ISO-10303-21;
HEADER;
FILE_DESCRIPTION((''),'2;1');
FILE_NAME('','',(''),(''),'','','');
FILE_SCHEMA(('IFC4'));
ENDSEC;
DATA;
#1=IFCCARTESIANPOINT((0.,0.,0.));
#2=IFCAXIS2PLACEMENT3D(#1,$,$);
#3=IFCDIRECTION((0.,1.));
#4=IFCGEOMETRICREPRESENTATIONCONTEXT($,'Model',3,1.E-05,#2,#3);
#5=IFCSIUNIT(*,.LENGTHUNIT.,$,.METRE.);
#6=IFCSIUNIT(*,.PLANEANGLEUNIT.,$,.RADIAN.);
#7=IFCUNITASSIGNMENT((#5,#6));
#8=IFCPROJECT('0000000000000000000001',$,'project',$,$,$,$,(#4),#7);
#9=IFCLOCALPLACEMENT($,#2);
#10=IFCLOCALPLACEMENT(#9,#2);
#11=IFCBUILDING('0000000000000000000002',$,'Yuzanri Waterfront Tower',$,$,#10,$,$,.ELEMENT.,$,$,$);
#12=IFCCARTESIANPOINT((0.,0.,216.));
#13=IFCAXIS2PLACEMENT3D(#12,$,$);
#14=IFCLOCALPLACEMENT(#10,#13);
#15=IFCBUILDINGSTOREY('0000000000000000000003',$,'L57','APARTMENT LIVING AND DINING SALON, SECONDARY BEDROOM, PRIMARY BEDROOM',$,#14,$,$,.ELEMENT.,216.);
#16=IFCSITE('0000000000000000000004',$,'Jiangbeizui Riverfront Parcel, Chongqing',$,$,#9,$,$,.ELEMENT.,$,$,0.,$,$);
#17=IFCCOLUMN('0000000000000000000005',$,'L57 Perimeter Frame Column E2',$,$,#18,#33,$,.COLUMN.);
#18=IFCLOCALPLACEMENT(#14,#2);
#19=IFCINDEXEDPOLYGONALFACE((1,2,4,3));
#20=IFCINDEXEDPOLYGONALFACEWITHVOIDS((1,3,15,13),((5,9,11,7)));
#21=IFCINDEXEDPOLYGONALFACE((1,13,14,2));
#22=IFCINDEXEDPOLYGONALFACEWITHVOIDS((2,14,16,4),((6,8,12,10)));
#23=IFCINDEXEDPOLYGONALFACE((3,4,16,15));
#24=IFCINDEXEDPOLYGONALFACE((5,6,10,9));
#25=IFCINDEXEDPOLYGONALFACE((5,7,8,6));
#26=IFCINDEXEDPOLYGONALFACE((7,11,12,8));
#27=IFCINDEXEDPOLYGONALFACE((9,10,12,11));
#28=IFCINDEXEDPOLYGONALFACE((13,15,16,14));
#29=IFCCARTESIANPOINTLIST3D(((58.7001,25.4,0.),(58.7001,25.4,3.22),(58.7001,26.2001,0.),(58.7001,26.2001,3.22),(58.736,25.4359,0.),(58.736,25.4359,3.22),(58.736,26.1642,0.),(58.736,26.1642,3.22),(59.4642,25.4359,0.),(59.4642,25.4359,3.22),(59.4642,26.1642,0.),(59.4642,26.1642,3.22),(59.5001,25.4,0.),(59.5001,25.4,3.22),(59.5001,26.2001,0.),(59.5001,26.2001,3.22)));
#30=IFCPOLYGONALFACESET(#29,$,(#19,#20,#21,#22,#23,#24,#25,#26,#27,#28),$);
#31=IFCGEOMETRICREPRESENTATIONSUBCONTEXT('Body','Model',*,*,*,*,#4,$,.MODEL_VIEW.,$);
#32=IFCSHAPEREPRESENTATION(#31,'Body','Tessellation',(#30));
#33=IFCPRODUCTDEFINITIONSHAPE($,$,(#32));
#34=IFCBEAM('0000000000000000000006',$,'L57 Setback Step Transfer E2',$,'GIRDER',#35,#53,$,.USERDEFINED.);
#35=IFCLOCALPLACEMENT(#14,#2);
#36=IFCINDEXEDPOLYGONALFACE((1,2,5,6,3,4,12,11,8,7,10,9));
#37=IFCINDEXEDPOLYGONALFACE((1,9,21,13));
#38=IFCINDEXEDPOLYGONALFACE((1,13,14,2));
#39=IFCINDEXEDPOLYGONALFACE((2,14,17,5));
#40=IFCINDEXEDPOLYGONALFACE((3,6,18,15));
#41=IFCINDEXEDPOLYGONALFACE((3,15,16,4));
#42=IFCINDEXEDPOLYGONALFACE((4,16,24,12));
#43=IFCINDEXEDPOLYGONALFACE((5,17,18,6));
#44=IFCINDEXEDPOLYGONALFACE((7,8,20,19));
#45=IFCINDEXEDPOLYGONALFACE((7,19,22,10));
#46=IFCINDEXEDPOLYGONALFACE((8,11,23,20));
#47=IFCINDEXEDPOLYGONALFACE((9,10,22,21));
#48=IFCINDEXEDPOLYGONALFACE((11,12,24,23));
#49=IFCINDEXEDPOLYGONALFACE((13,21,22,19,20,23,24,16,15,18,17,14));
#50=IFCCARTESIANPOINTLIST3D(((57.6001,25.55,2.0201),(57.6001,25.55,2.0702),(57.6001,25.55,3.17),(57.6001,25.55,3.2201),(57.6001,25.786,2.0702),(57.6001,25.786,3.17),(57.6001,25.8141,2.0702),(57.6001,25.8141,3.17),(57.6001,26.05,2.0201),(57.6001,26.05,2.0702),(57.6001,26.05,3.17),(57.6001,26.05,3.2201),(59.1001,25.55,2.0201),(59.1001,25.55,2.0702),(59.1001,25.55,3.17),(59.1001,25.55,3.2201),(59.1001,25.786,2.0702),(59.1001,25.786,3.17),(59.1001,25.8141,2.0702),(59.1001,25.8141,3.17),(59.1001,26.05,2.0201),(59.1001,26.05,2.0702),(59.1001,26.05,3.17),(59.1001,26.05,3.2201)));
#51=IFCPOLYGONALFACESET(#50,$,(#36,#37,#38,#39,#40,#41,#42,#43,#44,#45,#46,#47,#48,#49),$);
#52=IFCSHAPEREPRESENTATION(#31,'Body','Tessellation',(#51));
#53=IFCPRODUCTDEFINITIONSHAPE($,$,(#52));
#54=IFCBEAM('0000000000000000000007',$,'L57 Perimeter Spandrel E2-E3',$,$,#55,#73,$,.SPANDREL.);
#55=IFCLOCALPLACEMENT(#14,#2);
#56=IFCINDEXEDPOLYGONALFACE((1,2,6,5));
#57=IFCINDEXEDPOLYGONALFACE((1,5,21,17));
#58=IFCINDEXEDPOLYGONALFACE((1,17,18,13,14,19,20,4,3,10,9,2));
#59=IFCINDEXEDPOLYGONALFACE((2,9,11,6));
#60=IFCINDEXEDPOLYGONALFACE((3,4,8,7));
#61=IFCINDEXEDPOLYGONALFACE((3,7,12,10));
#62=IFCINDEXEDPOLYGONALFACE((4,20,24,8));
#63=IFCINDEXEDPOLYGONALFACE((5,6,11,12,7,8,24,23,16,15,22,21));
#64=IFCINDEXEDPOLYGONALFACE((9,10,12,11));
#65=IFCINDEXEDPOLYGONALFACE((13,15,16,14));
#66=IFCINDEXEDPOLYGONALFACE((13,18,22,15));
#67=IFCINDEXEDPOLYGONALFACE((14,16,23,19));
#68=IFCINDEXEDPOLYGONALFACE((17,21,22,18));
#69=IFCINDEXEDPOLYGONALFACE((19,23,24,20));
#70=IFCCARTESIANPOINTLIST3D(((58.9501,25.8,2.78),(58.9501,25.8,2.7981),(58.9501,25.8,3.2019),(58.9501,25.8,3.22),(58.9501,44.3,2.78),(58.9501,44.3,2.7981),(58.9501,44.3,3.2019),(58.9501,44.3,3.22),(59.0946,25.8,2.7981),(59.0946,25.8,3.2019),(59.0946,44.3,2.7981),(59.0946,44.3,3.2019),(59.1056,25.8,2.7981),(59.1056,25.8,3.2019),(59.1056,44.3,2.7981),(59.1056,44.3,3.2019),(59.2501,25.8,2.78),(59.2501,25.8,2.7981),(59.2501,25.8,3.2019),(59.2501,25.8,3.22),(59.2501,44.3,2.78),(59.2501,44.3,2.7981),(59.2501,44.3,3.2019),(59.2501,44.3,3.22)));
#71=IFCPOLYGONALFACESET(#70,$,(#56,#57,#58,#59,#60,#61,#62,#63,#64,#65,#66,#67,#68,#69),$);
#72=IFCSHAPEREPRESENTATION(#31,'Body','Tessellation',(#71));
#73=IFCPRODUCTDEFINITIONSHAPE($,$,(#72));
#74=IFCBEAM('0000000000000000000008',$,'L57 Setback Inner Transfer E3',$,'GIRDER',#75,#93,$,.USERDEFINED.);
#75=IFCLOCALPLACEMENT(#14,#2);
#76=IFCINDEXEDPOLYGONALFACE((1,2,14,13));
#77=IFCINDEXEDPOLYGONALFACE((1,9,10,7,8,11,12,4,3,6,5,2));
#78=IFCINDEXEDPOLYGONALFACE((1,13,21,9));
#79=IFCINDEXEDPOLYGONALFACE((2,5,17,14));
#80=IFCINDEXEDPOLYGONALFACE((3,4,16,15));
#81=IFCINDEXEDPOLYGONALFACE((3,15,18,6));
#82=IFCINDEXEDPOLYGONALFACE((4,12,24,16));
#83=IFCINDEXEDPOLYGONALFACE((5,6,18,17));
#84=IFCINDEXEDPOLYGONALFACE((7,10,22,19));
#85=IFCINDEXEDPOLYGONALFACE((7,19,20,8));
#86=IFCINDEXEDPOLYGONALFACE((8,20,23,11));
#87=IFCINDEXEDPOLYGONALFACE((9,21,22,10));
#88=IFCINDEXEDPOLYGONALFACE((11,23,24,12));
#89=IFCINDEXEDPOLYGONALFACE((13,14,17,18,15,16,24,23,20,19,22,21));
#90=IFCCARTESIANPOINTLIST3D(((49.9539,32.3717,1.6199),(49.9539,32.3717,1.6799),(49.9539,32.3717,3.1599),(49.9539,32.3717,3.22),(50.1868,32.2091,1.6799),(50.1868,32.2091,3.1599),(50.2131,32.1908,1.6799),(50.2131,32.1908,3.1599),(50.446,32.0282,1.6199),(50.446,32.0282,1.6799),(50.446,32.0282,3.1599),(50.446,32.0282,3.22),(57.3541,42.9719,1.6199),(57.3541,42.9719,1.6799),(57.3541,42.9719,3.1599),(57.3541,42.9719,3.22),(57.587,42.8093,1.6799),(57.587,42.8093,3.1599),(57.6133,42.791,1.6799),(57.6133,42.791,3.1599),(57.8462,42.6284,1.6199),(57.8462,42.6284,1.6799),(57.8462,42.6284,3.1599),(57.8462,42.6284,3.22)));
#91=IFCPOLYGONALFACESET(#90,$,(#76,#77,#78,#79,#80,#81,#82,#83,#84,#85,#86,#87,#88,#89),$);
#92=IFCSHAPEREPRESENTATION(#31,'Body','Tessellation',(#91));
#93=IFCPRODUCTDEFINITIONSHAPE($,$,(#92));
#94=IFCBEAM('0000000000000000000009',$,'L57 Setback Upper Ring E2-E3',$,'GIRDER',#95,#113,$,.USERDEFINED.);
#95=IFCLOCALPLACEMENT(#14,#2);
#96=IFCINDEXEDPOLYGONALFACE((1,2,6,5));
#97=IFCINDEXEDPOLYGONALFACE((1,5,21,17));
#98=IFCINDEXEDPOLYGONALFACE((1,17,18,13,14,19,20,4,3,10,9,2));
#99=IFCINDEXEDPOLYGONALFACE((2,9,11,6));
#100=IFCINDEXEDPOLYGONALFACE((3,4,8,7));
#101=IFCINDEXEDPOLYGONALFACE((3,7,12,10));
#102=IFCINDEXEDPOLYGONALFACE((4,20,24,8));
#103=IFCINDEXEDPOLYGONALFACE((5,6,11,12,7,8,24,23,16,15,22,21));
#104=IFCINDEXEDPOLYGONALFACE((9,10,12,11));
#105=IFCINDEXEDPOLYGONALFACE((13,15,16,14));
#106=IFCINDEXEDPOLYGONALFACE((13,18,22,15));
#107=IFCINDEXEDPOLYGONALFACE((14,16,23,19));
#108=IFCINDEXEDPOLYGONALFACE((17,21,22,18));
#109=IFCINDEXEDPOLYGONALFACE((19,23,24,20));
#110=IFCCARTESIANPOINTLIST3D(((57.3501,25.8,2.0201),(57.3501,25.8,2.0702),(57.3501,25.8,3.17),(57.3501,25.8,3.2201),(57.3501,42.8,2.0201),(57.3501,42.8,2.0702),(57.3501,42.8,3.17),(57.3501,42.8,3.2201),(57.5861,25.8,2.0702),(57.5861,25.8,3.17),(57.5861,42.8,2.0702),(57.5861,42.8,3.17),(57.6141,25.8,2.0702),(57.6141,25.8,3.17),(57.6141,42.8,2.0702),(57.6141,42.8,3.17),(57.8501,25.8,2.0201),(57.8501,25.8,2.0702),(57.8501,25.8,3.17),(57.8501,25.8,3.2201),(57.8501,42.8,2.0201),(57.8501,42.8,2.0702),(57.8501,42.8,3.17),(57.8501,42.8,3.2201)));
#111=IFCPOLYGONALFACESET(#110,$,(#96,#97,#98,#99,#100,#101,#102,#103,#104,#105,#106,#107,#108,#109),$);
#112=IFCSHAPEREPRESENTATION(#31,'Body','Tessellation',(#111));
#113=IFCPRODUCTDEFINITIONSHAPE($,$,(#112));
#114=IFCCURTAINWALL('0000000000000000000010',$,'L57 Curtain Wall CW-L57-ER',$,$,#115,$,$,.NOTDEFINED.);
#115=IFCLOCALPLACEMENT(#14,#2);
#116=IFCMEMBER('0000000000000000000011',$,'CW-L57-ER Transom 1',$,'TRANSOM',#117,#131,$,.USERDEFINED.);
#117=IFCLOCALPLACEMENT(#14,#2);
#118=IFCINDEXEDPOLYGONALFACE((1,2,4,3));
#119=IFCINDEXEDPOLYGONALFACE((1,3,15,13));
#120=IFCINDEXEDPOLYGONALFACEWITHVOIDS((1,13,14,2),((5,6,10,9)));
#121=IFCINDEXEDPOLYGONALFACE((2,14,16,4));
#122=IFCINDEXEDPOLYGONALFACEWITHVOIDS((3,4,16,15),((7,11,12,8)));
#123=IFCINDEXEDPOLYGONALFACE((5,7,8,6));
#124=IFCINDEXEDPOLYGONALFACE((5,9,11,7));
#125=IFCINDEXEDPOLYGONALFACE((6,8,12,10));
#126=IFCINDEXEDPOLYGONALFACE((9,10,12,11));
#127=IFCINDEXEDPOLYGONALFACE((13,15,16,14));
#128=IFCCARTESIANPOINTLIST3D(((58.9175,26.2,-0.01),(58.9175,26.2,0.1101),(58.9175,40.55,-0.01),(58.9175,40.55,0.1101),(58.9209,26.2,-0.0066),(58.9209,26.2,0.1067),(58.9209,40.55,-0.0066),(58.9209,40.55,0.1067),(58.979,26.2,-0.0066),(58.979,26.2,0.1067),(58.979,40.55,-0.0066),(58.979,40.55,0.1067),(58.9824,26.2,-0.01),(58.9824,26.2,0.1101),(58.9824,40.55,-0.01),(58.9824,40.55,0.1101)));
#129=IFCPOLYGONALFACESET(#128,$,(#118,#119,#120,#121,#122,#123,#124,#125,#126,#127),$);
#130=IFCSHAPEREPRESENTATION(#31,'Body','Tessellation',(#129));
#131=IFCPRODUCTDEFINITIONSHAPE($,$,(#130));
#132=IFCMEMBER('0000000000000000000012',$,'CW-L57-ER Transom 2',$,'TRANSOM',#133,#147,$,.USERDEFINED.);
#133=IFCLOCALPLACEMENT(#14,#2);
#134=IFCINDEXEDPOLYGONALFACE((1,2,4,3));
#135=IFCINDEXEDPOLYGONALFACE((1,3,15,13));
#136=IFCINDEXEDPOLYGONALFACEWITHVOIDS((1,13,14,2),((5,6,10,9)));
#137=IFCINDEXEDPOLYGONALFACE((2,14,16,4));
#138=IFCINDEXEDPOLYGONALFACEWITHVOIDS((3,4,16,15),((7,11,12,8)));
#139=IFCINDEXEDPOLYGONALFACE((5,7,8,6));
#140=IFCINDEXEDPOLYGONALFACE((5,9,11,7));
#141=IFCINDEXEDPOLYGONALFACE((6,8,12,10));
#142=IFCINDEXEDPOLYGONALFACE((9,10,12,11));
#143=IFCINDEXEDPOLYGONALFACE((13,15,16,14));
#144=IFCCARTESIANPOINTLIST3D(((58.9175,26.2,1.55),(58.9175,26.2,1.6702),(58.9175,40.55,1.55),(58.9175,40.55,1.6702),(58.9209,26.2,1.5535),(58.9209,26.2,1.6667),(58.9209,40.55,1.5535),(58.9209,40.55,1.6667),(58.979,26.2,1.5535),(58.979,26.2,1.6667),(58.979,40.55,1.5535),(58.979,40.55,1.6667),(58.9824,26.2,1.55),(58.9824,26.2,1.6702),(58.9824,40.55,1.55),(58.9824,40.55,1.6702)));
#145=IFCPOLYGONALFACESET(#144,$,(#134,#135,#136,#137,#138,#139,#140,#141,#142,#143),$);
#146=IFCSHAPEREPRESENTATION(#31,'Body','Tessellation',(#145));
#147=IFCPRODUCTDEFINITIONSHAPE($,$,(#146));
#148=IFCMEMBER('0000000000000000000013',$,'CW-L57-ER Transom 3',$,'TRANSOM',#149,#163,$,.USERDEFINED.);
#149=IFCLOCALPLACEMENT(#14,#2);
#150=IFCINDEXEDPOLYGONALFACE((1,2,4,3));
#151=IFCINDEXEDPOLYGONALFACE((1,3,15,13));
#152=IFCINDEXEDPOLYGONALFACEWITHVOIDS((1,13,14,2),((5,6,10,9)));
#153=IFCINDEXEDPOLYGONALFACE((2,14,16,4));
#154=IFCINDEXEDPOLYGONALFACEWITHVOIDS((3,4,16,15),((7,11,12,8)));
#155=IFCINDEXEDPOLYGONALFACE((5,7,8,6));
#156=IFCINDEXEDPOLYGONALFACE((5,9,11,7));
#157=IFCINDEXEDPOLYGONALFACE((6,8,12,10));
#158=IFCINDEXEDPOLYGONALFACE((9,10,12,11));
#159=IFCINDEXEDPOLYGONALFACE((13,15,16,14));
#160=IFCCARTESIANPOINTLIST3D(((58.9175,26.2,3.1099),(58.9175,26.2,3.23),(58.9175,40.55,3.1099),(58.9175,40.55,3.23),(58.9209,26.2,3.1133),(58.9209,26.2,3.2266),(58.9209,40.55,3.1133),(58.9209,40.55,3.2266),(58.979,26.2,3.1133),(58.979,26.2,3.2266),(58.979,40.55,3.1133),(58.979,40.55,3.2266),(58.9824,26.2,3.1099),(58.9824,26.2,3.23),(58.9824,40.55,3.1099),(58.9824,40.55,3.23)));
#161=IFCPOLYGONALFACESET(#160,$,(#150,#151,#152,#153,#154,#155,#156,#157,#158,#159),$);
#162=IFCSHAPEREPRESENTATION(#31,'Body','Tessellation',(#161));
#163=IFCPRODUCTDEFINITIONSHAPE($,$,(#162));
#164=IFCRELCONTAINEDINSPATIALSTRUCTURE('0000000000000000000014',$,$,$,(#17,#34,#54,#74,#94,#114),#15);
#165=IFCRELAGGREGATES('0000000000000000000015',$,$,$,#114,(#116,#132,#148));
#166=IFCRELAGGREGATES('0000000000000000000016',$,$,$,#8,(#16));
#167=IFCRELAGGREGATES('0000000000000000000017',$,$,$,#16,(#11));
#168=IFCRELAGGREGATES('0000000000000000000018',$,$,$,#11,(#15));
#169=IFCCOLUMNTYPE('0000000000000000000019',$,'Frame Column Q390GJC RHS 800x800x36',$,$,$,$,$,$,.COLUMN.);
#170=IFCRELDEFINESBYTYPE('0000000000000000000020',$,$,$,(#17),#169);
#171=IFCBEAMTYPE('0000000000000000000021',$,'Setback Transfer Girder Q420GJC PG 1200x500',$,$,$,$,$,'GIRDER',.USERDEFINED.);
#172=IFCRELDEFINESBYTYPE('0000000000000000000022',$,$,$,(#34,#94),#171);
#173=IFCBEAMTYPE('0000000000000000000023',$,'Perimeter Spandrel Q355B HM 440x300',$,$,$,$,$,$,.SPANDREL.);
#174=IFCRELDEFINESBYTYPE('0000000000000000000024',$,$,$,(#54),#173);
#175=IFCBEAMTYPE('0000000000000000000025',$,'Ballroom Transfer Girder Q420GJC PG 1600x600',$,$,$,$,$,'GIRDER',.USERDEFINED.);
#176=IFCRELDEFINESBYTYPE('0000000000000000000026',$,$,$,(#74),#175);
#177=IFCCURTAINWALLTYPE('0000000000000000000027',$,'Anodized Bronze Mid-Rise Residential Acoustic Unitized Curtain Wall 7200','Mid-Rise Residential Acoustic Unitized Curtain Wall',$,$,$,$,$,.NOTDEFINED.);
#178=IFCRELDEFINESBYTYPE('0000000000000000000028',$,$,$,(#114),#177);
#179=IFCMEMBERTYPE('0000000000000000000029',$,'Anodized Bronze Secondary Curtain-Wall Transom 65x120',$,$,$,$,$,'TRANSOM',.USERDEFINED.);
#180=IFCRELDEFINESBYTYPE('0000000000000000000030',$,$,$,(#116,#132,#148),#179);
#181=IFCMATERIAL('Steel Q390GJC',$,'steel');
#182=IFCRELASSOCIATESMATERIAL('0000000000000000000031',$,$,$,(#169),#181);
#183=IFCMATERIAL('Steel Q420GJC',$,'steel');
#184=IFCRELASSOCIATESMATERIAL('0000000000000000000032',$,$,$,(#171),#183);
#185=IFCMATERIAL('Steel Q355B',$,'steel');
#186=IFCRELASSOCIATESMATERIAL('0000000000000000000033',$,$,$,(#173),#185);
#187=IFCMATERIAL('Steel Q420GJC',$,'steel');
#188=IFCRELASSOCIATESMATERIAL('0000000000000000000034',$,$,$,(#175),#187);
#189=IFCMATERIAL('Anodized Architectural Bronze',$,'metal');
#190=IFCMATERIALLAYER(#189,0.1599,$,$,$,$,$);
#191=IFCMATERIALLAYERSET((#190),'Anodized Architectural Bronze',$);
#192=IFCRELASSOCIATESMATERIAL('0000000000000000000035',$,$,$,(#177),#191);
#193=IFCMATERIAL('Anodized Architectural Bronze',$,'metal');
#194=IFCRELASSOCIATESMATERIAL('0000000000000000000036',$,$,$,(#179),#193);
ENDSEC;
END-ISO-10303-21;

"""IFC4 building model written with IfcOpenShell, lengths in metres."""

from ifc_helpers import new_model, si_unit, direction, frame, origin, origin_2d, place, context, subcontext, project, spatial, hollow_rectangle, i_section, extrude, source, transform, mapped, material, layer, layer_set, material_profile, profile_set, type_object, element, aggregate, save


model = new_model("IFC4")

# Units and contexts
model_context = context("Model", 3, precision=1e-05, world=origin(), true_north=direction((0.0, 1.0)))
body_context = subcontext(model_context, "Body", "Model", "MODEL_VIEW")
ifc_project = project(units=[si_unit("LENGTHUNIT", "METRE"), si_unit("PLANEANGLEUNIT", "RADIAN")], contexts=[model_context])

# Site, building, storey
site_placement = place(None, origin())
site = spatial("IfcSite", under=ifc_project, at=site_placement, Name="Jiangbeizui Riverfront Parcel, Chongqing", CompositionType="ELEMENT", RefElevation=0.0)
building_placement = place(site_placement, origin())
building = spatial("IfcBuilding", under=site, at=building_placement, Name="Yuzanri Waterfront Tower", CompositionType="ELEMENT")
storey_placement = place(building_placement, frame((0.0, 0.0, 216.0)))
storey = spatial("IfcBuildingStorey", under=building, at=storey_placement, Name="L57", Description="APARTMENT LIVING AND DINING SALON, SECONDARY BEDROOM, PRIMARY BEDROOM", CompositionType="ELEMENT", Elevation=216.0)

# Column
ifc_material_1 = material(Name="Steel Q390GJC", Category="steel")
ifc_material_profile_1 = material_profile(ifc_material_1, hollow_rectangle(XDim=0.8, YDim=0.8, WallThickness=0.0359, at=origin_2d()), Name="RHS 800x800x36")
ifc_profile_set_1 = profile_set([ifc_material_profile_1], Name="Steel Q390GJC")
column_type = type_object("IfcColumnType", Name="Frame Column Q390GJC RHS 800x800x36", PredefinedType="COLUMN", material=ifc_profile_set_1)
shared_shape_1 = source(origin(), body_context, "Body", "SweptSolid", [
    extrude(hollow_rectangle(XDim=0.8, YDim=0.8, WallThickness=0.0359, at=origin_2d()), origin(), (0.0, 0.0, 1.0), 3.22),
])
column_placement = place(storey_placement, frame((59.1001, 25.8, 0.0), z_axis=(0.0, 0.0, 1.0), x_axis=(1.0, 0.0, 0.0)))
element("IfcColumn", 1, at=column_placement, inside=storey, type_object=column_type, Name="L57 Perimeter Frame Column E2", PredefinedType="COLUMN", context=body_context, shape_type="MappedRepresentation", body=[
    mapped(shared_shape_1, transform((0.0, 0.0, 0.0), scale=1.0)),
])

# Beams
ifc_material_2 = material(Name="Steel Q420GJC", Category="steel")
ifc_material_profile_2 = material_profile(ifc_material_2, i_section(OverallWidth=0.5, OverallDepth=1.2, WebThickness=0.0281, FlangeThickness=0.05, at=origin_2d()), Name="PG 1200x500x28x50")
ifc_profile_set_2 = profile_set([ifc_material_profile_2], Name="Steel Q420GJC")
beam_type_1 = type_object("IfcBeamType", Name="Setback Transfer Girder Q420GJC PG 1200x500", ElementType="GIRDER", PredefinedType="USERDEFINED", material=ifc_profile_set_2)
shared_shape_2 = source(origin(), body_context, "Body", "SweptSolid", [
    extrude(i_section(OverallWidth=0.5, OverallDepth=1.2, WebThickness=0.0281, FlangeThickness=0.05, at=origin_2d()), origin(), (0.0, 0.0, 1.0), 1.5),
])
beam_1_placement = place(storey_placement, frame((57.6001, 25.8, 2.6201), z_axis=(1.0, 0.0, 0.0), x_axis=(0.0, 1.0, 0.0)))
element("IfcBeam", 2, at=beam_1_placement, inside=storey, type_object=beam_type_1, Name="L57 Setback Step Transfer E2", ObjectType="GIRDER", PredefinedType="USERDEFINED", context=body_context, shape_type="MappedRepresentation", body=[
    mapped(shared_shape_2, transform((0.0, 0.0, 0.0), scale=1.0)),
])
ifc_material_3 = material(Name="Steel Q355B", Category="steel")
ifc_material_profile_3 = material_profile(ifc_material_3, i_section(OverallWidth=0.3, OverallDepth=0.4399, WebThickness=0.011, FlangeThickness=0.0181, at=origin_2d()), Name="HM 440x300x11x18")
ifc_profile_set_3 = profile_set([ifc_material_profile_3], Name="Steel Q355B")
beam_type_2 = type_object("IfcBeamType", Name="Perimeter Spandrel Q355B HM 440x300", PredefinedType="SPANDREL", material=ifc_profile_set_3)
shared_shape_3 = source(origin(), body_context, "Body", "SweptSolid", [
    extrude(i_section(OverallWidth=0.3, OverallDepth=0.4399, WebThickness=0.011, FlangeThickness=0.0181, at=origin_2d()), origin(), (0.0, 0.0, 1.0), 18.5),
])
beam_2_placement = place(storey_placement, frame((59.1001, 25.8, 3.0), z_axis=(0.0, 1.0, 0.0), x_axis=(-1.0, 0.0, 0.0)))
element("IfcBeam", 3, at=beam_2_placement, inside=storey, type_object=beam_type_2, Name="L57 Perimeter Spandrel E2-E3", PredefinedType="SPANDREL", context=body_context, shape_type="MappedRepresentation", body=[
    mapped(shared_shape_3, transform((0.0, 0.0, 0.0), scale=1.0)),
])
ifc_material_4 = material(Name="Steel Q420GJC", Category="steel")
ifc_material_profile_4 = material_profile(ifc_material_4, i_section(OverallWidth=0.6001, OverallDepth=1.6001, WebThickness=0.032, FlangeThickness=0.0601, at=origin_2d()), Name="PG 1600x600x32x60")
ifc_profile_set_4 = profile_set([ifc_material_profile_4], Name="Steel Q420GJC")
beam_type_3 = type_object("IfcBeamType", Name="Ballroom Transfer Girder Q420GJC PG 1600x600", ElementType="GIRDER", PredefinedType="USERDEFINED", material=ifc_profile_set_4)
shared_shape_4 = source(origin(), body_context, "Body", "SweptSolid", [
    extrude(i_section(OverallWidth=0.6001, OverallDepth=1.6001, WebThickness=0.032, FlangeThickness=0.0601, at=origin_2d()), origin(), (0.0, 0.0, 1.0), 12.9277),
])
beam_3_placement = place(storey_placement, frame((50.2, 32.2, 2.4199), z_axis=(0.572428, 0.819955, 0.0), x_axis=(-0.819955, 0.572428, 0.0)))
element("IfcBeam", 4, at=beam_3_placement, inside=storey, type_object=beam_type_3, Name="L57 Setback Inner Transfer E3", ObjectType="GIRDER", PredefinedType="USERDEFINED", context=body_context, shape_type="MappedRepresentation", body=[
    mapped(shared_shape_4, transform((0.0, 0.0, 0.0), scale=1.0)),
])
shared_shape_5 = source(origin(), body_context, "Body", "SweptSolid", [
    extrude(i_section(OverallWidth=0.5, OverallDepth=1.2, WebThickness=0.0281, FlangeThickness=0.05, at=origin_2d()), origin(), (0.0, 0.0, 1.0), 17.0),
])
beam_4_placement = place(storey_placement, frame((57.6001, 25.8, 2.6201), z_axis=(0.0, 1.0, 0.0), x_axis=(-1.0, 0.0, 0.0)))
element("IfcBeam", 5, at=beam_4_placement, inside=storey, type_object=beam_type_1, Name="L57 Setback Upper Ring E2-E3", ObjectType="GIRDER", PredefinedType="USERDEFINED", context=body_context, shape_type="MappedRepresentation", body=[
    mapped(shared_shape_5, transform((0.0, 0.0, 0.0), scale=1.0)),
])

# Curtain wall, members
ifc_material_5 = material(Name="Anodized Architectural Bronze", Category="metal")
ifc_layer_1 = layer(ifc_material_5, 0.1599)
ifc_layer_set_1 = layer_set([ifc_layer_1], Name="Anodized Architectural Bronze")
curtain_wall_type = type_object("IfcCurtainWallType", Name="Anodized Bronze Mid-Rise Residential Acoustic Unitized Curtain Wall 7200", Description="Mid-Rise Residential Acoustic Unitized Curtain Wall", PredefinedType="NOTDEFINED", material=ifc_layer_set_1)
curtain_wall_placement = place(storey_placement, origin())
curtain_wall = element("IfcCurtainWall", 6, at=curtain_wall_placement, inside=storey, type_object=curtain_wall_type, Name="L57 Curtain Wall CW-L57-ER", PredefinedType="NOTDEFINED")
ifc_material_6 = material(Name="Anodized Architectural Bronze", Category="metal")
ifc_material_profile_5 = material_profile(ifc_material_6, hollow_rectangle(XDim=0.0649, YDim=0.1201, WallThickness=0.0034, at=origin_2d()), Name="CWT 65x120")
ifc_profile_set_5 = profile_set([ifc_material_profile_5], Name="Anodized Architectural Bronze")
member_type_1 = type_object("IfcMemberType", Name="Anodized Bronze Secondary Curtain-Wall Transom 65x120", ElementType="TRANSOM", PredefinedType="USERDEFINED", material=ifc_profile_set_5)
shared_shape_6 = source(origin(), body_context, "Body", "SweptSolid", [
    extrude(hollow_rectangle(XDim=0.0649, YDim=0.1201, WallThickness=0.0034, at=origin_2d()), origin(), (0.0, 0.0, 1.0), 14.3501),
])
member_1_placement = place(storey_placement, frame((58.95, 26.2, 0.05), z_axis=(0.0, 1.0, 0.0), x_axis=(-1.0, 0.0, 0.0)))
member_1 = element("IfcMember", 7, at=member_1_placement, type_object=member_type_1, Name="CW-L57-ER Transom 1", ObjectType="TRANSOM", PredefinedType="USERDEFINED", context=body_context, shape_type="MappedRepresentation", body=[
    mapped(shared_shape_6, transform((0.0, 0.0, 0.0), scale=1.0)),
])
member_2_placement = place(storey_placement, frame((58.95, 26.2, 1.6101), z_axis=(0.0, 1.0, 0.0), x_axis=(-1.0, 0.0, 0.0)))
member_2 = element("IfcMember", 8, at=member_2_placement, type_object=member_type_1, Name="CW-L57-ER Transom 2", ObjectType="TRANSOM", PredefinedType="USERDEFINED", context=body_context, shape_type="MappedRepresentation", body=[
    mapped(shared_shape_6, transform((0.0, 0.0, 0.0), scale=1.0)),
])
member_3_placement = place(storey_placement, frame((58.95, 26.2, 3.1699), z_axis=(0.0, 1.0, 0.0), x_axis=(-1.0, 0.0, 0.0)))
member_3 = element("IfcMember", 9, at=member_3_placement, type_object=member_type_1, Name="CW-L57-ER Transom 3", ObjectType="TRANSOM", PredefinedType="USERDEFINED", context=body_context, shape_type="MappedRepresentation", body=[
    mapped(shared_shape_6, transform((0.0, 0.0, 0.0), scale=1.0)),
])

aggregate(curtain_wall, [member_1, member_2, member_3])

save(model, "model.ifc")
